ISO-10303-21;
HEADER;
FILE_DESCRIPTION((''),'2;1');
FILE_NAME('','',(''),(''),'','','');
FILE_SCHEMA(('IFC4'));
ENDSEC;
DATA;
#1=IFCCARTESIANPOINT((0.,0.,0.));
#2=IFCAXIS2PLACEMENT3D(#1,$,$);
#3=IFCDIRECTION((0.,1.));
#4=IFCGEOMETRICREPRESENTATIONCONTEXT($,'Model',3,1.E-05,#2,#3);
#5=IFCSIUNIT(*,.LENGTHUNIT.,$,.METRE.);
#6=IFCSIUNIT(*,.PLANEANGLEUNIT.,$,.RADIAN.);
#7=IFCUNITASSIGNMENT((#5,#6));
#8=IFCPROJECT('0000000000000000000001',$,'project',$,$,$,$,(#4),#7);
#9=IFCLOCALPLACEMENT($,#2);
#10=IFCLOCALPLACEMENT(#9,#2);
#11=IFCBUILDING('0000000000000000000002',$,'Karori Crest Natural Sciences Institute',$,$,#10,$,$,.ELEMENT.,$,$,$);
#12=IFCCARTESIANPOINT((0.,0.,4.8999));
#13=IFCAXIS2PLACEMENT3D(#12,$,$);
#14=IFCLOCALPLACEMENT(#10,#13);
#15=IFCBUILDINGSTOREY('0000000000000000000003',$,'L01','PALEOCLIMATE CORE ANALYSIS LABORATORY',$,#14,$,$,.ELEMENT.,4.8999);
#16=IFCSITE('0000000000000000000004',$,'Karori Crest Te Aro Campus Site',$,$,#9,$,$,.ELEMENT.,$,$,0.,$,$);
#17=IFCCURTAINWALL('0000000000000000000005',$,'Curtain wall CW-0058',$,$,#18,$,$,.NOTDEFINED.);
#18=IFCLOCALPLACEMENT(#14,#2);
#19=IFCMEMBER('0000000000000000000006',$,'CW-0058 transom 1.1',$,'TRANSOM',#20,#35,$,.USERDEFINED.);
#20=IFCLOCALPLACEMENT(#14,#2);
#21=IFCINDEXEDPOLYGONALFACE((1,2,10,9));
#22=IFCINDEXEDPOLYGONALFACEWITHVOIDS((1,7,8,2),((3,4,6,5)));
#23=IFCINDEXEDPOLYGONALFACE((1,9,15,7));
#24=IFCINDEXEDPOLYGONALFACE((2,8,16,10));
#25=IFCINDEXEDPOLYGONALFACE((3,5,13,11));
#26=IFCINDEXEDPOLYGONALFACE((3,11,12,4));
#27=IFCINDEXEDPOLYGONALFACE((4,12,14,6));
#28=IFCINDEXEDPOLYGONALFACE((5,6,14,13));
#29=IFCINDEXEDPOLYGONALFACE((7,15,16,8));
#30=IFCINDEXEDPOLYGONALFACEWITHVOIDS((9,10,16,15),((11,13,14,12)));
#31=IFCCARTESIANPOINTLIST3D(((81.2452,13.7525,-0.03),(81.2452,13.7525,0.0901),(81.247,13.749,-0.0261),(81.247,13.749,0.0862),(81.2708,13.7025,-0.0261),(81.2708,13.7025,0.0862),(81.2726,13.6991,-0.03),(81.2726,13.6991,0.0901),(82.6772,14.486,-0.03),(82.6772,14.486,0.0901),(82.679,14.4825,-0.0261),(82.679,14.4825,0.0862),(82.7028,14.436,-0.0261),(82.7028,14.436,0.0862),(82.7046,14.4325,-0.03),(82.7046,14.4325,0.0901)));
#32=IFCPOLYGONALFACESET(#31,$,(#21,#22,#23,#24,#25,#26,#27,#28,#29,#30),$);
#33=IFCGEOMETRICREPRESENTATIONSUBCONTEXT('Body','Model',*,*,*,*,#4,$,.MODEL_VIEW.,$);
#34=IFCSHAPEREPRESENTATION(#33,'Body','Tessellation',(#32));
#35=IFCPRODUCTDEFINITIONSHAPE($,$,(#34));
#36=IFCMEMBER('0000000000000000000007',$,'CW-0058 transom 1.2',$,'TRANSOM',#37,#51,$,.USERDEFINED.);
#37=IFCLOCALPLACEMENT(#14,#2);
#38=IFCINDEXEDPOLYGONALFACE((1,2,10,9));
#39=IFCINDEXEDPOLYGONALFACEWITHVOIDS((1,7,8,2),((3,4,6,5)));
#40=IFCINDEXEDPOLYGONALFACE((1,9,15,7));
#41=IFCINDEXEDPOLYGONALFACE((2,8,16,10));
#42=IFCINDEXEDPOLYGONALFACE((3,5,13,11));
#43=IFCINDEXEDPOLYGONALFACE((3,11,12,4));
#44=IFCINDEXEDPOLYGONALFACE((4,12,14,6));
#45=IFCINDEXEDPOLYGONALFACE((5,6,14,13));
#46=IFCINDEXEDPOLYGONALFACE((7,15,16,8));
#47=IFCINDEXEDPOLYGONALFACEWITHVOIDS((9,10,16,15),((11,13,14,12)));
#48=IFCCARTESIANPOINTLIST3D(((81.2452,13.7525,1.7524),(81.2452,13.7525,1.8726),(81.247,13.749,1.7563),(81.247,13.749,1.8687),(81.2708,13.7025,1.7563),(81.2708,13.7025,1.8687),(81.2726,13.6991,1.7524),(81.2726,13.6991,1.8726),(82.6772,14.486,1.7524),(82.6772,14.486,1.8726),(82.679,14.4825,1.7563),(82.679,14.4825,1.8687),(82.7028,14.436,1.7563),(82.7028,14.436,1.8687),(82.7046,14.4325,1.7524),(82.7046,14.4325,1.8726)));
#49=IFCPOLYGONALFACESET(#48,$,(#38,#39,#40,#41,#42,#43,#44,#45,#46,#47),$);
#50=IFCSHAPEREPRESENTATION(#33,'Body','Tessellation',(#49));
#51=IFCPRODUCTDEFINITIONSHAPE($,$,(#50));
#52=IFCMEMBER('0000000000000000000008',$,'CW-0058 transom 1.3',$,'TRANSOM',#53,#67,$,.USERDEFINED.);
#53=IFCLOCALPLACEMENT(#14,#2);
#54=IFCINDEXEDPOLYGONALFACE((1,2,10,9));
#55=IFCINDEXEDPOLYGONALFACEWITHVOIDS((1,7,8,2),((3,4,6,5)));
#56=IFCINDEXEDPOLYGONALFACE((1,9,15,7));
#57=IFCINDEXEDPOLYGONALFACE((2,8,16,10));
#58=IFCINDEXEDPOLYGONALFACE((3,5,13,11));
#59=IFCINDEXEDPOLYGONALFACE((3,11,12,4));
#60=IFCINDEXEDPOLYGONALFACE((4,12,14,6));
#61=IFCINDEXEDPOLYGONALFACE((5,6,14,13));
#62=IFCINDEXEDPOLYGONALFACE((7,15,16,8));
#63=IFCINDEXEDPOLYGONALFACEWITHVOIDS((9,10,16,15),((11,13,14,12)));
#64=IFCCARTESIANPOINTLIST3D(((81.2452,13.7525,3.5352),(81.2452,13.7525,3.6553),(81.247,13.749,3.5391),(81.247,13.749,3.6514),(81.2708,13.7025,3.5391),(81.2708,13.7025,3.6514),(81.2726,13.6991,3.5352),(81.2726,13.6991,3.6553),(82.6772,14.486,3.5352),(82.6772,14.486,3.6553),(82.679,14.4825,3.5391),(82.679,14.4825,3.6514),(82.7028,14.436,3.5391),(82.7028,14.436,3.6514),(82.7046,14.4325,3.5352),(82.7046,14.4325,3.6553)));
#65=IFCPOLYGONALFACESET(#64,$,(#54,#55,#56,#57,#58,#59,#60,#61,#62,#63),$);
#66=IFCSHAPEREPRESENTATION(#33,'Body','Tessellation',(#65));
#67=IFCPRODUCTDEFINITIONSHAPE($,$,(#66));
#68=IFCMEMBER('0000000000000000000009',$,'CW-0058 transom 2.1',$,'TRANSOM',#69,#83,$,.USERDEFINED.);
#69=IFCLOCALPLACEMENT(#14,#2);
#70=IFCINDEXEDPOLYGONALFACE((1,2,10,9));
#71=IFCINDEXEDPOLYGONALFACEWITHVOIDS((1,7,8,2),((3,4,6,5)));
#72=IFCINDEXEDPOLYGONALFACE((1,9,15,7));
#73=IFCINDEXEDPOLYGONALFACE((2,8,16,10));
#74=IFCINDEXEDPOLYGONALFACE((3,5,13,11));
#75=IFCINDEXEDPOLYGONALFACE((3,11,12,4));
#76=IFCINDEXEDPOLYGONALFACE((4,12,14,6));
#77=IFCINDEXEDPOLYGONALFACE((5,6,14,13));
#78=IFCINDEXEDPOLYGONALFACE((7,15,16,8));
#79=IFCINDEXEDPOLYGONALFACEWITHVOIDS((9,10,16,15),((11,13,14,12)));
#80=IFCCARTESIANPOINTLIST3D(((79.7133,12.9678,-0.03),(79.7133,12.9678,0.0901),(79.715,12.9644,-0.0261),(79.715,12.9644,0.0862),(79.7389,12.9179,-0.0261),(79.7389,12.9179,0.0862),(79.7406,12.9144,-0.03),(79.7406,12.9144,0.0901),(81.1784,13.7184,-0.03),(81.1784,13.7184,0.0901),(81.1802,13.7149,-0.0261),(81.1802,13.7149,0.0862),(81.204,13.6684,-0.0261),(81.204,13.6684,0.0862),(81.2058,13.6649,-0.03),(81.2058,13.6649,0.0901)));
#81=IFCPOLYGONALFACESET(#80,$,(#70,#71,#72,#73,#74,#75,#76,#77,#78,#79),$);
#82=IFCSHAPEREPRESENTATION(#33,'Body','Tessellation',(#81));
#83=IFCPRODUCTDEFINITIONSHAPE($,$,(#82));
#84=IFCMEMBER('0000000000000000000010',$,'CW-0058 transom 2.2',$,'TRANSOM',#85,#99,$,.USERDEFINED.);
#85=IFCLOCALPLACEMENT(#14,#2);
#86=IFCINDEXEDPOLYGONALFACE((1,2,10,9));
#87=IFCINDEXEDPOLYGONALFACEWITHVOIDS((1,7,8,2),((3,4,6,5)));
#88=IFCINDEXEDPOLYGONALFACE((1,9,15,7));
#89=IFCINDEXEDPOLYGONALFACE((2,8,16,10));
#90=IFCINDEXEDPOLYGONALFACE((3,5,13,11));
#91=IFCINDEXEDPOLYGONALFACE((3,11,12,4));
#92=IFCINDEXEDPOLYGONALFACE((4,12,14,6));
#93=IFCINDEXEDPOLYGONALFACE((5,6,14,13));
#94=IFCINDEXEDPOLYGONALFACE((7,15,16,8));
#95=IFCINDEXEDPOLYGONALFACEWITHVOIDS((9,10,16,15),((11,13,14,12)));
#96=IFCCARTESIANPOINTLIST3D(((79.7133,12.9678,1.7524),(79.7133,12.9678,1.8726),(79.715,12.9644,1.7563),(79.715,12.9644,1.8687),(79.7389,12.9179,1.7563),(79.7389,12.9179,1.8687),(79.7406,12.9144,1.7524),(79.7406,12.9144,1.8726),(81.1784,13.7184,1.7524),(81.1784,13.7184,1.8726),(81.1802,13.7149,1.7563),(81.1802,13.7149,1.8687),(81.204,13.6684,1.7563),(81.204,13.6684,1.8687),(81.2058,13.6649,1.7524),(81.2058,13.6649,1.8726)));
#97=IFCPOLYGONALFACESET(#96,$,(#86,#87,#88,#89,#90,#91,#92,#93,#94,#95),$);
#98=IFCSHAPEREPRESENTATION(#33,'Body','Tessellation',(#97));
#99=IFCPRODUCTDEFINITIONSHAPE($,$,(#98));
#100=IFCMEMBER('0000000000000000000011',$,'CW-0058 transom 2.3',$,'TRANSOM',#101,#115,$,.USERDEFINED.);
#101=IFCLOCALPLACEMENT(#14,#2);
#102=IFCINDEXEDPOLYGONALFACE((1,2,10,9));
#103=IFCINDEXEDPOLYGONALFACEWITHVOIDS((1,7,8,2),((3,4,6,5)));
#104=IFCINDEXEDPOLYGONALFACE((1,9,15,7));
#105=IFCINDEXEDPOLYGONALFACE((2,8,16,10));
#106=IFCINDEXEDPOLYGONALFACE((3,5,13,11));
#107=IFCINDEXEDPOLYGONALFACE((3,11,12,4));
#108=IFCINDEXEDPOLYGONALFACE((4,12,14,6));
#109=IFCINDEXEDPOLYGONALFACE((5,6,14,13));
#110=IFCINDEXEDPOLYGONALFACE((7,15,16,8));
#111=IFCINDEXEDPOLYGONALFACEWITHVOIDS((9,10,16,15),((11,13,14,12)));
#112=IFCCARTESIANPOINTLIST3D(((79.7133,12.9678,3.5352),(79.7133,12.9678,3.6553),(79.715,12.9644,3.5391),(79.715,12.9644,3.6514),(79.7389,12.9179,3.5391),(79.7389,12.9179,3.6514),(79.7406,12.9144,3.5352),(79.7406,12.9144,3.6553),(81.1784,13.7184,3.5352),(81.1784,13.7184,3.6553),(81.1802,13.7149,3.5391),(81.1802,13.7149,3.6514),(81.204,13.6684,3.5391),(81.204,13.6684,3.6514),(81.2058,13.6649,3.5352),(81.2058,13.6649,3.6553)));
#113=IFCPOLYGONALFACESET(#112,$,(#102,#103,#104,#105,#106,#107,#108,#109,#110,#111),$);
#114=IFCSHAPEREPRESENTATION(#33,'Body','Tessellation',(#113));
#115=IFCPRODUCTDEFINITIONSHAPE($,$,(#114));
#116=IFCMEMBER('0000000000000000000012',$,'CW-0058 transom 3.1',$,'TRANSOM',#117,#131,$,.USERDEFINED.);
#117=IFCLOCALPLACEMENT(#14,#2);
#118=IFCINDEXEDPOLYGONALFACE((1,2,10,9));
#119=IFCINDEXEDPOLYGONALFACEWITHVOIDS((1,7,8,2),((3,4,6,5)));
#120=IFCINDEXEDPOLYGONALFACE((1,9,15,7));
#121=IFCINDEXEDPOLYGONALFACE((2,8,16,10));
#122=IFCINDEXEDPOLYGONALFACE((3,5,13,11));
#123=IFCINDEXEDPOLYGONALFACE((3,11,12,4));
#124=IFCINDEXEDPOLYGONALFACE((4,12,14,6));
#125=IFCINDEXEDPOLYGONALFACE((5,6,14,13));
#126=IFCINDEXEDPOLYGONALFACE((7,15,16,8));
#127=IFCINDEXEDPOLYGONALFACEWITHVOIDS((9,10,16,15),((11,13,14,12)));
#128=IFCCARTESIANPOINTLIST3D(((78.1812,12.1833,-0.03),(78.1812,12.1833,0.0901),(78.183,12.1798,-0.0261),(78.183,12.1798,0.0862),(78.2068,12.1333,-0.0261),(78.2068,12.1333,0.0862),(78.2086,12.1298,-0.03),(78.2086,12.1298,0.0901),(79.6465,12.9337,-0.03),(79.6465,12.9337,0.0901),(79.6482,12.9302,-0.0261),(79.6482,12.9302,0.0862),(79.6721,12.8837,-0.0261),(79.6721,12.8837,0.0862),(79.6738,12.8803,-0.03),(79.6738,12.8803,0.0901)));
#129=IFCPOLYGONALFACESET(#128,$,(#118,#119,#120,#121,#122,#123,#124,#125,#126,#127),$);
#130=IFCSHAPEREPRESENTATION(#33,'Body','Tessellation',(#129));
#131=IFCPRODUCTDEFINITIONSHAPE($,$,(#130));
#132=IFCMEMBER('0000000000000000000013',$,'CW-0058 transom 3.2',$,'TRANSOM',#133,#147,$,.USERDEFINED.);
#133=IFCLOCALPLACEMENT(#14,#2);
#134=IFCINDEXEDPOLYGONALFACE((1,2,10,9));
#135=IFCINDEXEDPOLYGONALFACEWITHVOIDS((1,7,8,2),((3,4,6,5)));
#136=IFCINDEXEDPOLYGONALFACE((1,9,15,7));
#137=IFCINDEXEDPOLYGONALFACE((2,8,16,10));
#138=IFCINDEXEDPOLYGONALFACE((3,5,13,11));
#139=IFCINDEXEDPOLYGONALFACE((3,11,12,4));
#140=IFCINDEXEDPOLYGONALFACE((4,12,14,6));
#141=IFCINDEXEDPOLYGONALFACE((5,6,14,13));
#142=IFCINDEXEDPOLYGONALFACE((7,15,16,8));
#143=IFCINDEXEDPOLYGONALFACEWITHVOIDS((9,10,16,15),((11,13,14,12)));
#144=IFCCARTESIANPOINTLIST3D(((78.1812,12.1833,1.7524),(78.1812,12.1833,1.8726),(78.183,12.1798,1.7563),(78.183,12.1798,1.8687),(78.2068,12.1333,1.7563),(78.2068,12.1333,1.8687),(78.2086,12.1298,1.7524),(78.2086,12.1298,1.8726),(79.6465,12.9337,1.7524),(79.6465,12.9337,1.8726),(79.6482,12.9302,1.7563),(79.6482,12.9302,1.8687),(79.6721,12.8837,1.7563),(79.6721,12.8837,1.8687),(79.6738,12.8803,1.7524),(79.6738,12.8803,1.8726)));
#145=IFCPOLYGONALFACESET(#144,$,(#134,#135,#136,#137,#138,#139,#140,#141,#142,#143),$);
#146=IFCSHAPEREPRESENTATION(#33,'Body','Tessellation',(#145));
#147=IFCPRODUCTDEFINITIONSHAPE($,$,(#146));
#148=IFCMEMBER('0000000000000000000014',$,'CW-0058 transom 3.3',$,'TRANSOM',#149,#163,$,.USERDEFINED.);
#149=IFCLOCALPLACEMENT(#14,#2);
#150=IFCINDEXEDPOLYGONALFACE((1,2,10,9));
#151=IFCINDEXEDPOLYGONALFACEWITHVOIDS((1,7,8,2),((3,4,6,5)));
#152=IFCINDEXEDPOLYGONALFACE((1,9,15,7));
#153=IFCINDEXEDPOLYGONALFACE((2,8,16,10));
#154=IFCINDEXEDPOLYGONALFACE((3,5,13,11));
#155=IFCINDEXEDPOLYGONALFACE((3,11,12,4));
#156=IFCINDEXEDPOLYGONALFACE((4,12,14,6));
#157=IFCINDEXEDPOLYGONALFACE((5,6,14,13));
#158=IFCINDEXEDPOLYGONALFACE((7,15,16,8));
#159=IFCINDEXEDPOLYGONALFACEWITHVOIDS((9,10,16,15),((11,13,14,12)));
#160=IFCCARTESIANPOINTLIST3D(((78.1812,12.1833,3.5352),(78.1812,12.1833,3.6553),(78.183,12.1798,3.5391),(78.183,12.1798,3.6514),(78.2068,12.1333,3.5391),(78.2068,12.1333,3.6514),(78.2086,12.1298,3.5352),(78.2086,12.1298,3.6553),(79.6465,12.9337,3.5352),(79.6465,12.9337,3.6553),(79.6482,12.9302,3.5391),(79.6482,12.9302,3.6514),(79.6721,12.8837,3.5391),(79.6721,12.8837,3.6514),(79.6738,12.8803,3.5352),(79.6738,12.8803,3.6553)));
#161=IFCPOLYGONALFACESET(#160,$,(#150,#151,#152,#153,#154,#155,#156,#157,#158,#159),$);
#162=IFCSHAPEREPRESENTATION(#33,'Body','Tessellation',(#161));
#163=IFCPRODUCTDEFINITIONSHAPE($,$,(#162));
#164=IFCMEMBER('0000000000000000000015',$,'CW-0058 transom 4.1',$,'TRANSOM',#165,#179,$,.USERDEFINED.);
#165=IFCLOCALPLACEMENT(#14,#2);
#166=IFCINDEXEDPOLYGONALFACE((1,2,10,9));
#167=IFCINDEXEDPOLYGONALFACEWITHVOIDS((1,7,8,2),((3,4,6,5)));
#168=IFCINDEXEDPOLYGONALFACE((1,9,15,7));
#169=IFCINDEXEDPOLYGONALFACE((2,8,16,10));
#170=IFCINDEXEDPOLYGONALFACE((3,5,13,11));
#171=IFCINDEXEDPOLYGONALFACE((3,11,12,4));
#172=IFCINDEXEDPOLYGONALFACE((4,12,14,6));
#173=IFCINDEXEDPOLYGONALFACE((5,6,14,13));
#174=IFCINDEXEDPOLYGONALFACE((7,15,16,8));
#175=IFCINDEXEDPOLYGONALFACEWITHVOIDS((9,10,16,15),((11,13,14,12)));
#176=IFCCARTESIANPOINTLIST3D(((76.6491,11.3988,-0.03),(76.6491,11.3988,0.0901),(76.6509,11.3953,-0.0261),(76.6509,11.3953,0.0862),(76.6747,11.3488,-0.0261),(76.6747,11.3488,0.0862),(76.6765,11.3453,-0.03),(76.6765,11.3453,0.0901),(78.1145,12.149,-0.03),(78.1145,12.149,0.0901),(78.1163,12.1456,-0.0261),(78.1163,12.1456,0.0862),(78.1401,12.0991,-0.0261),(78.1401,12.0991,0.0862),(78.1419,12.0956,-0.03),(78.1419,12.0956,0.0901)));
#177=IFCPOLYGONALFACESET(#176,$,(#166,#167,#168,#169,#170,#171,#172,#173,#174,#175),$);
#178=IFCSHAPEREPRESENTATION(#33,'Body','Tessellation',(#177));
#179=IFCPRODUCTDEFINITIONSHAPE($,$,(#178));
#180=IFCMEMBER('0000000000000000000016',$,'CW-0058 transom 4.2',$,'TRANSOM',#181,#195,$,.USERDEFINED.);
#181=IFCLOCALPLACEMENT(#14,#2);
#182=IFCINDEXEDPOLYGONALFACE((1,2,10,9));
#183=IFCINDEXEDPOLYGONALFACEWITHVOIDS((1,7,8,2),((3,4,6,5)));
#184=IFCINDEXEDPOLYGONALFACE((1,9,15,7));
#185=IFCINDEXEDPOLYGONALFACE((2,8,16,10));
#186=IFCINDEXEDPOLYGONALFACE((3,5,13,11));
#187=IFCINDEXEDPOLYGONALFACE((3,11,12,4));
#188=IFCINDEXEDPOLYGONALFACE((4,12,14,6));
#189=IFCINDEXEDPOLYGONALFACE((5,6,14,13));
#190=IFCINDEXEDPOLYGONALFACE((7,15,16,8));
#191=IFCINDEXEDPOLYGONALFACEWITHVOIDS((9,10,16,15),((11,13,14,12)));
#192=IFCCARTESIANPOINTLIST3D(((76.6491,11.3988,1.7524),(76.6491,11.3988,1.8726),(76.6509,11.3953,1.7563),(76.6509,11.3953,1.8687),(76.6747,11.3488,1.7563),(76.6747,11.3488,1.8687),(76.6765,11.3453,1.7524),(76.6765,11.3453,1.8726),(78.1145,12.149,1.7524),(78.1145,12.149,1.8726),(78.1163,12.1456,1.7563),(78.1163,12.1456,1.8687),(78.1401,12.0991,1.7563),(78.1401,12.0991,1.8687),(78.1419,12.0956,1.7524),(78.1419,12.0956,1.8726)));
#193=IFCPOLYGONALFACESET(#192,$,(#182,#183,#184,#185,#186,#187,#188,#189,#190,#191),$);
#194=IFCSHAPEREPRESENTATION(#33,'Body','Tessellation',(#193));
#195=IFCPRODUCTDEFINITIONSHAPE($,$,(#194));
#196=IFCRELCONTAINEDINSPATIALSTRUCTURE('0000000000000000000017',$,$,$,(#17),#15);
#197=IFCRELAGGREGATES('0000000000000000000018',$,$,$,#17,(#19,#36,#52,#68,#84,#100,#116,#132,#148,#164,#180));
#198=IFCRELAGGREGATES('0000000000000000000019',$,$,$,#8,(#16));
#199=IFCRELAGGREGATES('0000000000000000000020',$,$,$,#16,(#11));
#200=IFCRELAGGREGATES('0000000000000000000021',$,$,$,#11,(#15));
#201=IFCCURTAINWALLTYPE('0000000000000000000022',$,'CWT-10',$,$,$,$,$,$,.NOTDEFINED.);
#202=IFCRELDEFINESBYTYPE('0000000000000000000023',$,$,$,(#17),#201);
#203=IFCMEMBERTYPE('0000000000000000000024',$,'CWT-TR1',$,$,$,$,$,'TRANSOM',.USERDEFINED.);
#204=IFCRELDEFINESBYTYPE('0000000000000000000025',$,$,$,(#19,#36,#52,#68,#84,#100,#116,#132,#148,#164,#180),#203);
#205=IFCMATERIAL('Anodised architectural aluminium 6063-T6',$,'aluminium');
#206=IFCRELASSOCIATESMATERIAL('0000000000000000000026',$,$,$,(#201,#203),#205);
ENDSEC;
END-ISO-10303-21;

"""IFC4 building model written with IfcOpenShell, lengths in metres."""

from ifc_helpers import new_model, si_unit, direction, frame, origin, origin_2d, place, context, subcontext, project, spatial, hollow_rectangle, extrude, material, material_profile, profile_set, type_object, element, aggregate, save


model = new_model("IFC4")

# Units and contexts
model_context = context("Model", 3, precision=1e-05, world=origin(), true_north=direction((0.0, 1.0)))
body_context = subcontext(model_context, "Body", "Model", "MODEL_VIEW")
ifc_project = project(units=[si_unit("LENGTHUNIT", "METRE"), si_unit("PLANEANGLEUNIT", "RADIAN")], contexts=[model_context])

# Site, building, storey
site_placement = place(None, origin())
site = spatial("IfcSite", under=ifc_project, at=site_placement, Name="Karori Crest Te Aro Campus Site", CompositionType="ELEMENT", RefElevation=0.0)
building_placement = place(site_placement, origin())
building = spatial("IfcBuilding", under=site, at=building_placement, Name="Karori Crest Natural Sciences Institute", CompositionType="ELEMENT")
storey_placement = place(building_placement, frame((0.0, 0.0, 4.8999)))
storey = spatial("IfcBuildingStorey", under=building, at=storey_placement, Name="L01", Description="PALEOCLIMATE CORE ANALYSIS LABORATORY", CompositionType="ELEMENT", Elevation=4.8999)

# Curtain wall, members
ifc_material_1 = material(Name="Anodised architectural aluminium 6063-T6", Category="aluminium")
curtain_wall_type = type_object("IfcCurtainWallType", Name="CWT-10", PredefinedType="NOTDEFINED", material=ifc_material_1)
curtain_wall_placement = place(storey_placement, origin())
curtain_wall = element("IfcCurtainWall", 1, at=curtain_wall_placement, inside=storey, type_object=curtain_wall_type, Name="Curtain wall CW-0058", PredefinedType="NOTDEFINED")
ifc_material_profile_1 = material_profile(ifc_material_1, hollow_rectangle(XDim=0.0601, YDim=0.1201, WallThickness=0.0039, at=origin_2d()), Name="CWT120x60x4")
ifc_profile_set_1 = profile_set([ifc_material_profile_1], Name="Anodised architectural aluminium 6063-T6")
member_type_1 = type_object("IfcMemberType", Name="CWT-TR1", ElementType="TRANSOM", PredefinedType="USERDEFINED", material=ifc_profile_set_1)
member_1_placement = place(storey_placement, frame((82.6909, 14.4592, 0.03), z_axis=(-0.890045, -0.455873, 0.0), x_axis=(0.455873, -0.890045, 0.0)))
member_1 = element("IfcMember", 2, at=member_1_placement, type_object=member_type_1, Name="CW-0058 transom 1.1", ObjectType="TRANSOM", PredefinedType="USERDEFINED", context=body_context, shape_type="SweptSolid", body=[
    extrude(hollow_rectangle(XDim=0.0601, YDim=0.1201, WallThickness=0.0039, at=origin_2d()), origin(), (0.0, 0.0, 1.0), 1.6089),
])
member_2_placement = place(storey_placement, frame((82.6909, 14.4592, 1.8125), z_axis=(-0.890045, -0.455873, 0.0), x_axis=(0.455873, -0.890045, 0.0)))
member_2 = element("IfcMember", 3, at=member_2_placement, type_object=member_type_1, Name="CW-0058 transom 1.2", ObjectType="TRANSOM", PredefinedType="USERDEFINED", context=body_context, shape_type="SweptSolid", body=[
    extrude(hollow_rectangle(XDim=0.0601, YDim=0.1201, WallThickness=0.0039, at=origin_2d()), origin(), (0.0, 0.0, 1.0), 1.6089),
])
member_3_placement = place(storey_placement, frame((82.6909, 14.4592, 3.5952), z_axis=(-0.890045, -0.455873, 0.0), x_axis=(0.455873, -0.890045, 0.0)))
member_3 = element("IfcMember", 4, at=member_3_placement, type_object=member_type_1, Name="CW-0058 transom 1.3", ObjectType="TRANSOM", PredefinedType="USERDEFINED", context=body_context, shape_type="SweptSolid", body=[
    extrude(hollow_rectangle(XDim=0.0601, YDim=0.1201, WallThickness=0.0039, at=origin_2d()), origin(), (0.0, 0.0, 1.0), 1.6089),
])
member_4_placement = place(storey_placement, frame((81.1921, 13.6917, 0.03), z_axis=(-0.890024, -0.455913, 0.0), x_axis=(0.455913, -0.890024, 0.0)))
member_4 = element("IfcMember", 5, at=member_4_placement, type_object=member_type_1, Name="CW-0058 transom 2.1", ObjectType="TRANSOM", PredefinedType="USERDEFINED", context=body_context, shape_type="SweptSolid", body=[
    extrude(hollow_rectangle(XDim=0.0601, YDim=0.1201, WallThickness=0.0039, at=origin_2d()), origin(), (0.0, 0.0, 1.0), 1.6462),
])
member_5_placement = place(storey_placement, frame((81.1921, 13.6917, 1.8125), z_axis=(-0.890024, -0.455913, 0.0), x_axis=(0.455913, -0.890024, 0.0)))
member_5 = element("IfcMember", 6, at=member_5_placement, type_object=member_type_1, Name="CW-0058 transom 2.2", ObjectType="TRANSOM", PredefinedType="USERDEFINED", context=body_context, shape_type="SweptSolid", body=[
    extrude(hollow_rectangle(XDim=0.0601, YDim=0.1201, WallThickness=0.0039, at=origin_2d()), origin(), (0.0, 0.0, 1.0), 1.6462),
])
member_6_placement = place(storey_placement, frame((81.1921, 13.6917, 3.5952), z_axis=(-0.890024, -0.455913, 0.0), x_axis=(0.455913, -0.890024, 0.0)))
member_6 = element("IfcMember", 7, at=member_6_placement, type_object=member_type_1, Name="CW-0058 transom 2.3", ObjectType="TRANSOM", PredefinedType="USERDEFINED", context=body_context, shape_type="SweptSolid", body=[
    extrude(hollow_rectangle(XDim=0.0601, YDim=0.1201, WallThickness=0.0039, at=origin_2d()), origin(), (0.0, 0.0, 1.0), 1.6462),
])
member_7_placement = place(storey_placement, frame((79.6602, 12.907, 0.03), z_axis=(-0.890055, -0.455853, 0.0), x_axis=(0.455853, -0.890055, 0.0)))
member_7 = element("IfcMember", 8, at=member_7_placement, type_object=member_type_1, Name="CW-0058 transom 3.1", ObjectType="TRANSOM", PredefinedType="USERDEFINED", context=body_context, shape_type="SweptSolid", body=[
    extrude(hollow_rectangle(XDim=0.0601, YDim=0.1201, WallThickness=0.0039, at=origin_2d()), origin(), (0.0, 0.0, 1.0), 1.6462),
])
member_8_placement = place(storey_placement, frame((79.6602, 12.907, 1.8125), z_axis=(-0.890055, -0.455853, 0.0), x_axis=(0.455853, -0.890055, 0.0)))
member_8 = element("IfcMember", 9, at=member_8_placement, type_object=member_type_1, Name="CW-0058 transom 3.2", ObjectType="TRANSOM", PredefinedType="USERDEFINED", context=body_context, shape_type="SweptSolid", body=[
    extrude(hollow_rectangle(XDim=0.0601, YDim=0.1201, WallThickness=0.0039, at=origin_2d()), origin(), (0.0, 0.0, 1.0), 1.6462),
])
member_9_placement = place(storey_placement, frame((79.6602, 12.907, 3.5952), z_axis=(-0.890055, -0.455853, 0.0), x_axis=(0.455853, -0.890055, 0.0)))
member_9 = element("IfcMember", 10, at=member_9_placement, type_object=member_type_1, Name="CW-0058 transom 3.3", ObjectType="TRANSOM", PredefinedType="USERDEFINED", context=body_context, shape_type="SweptSolid", body=[
    extrude(hollow_rectangle(XDim=0.0601, YDim=0.1201, WallThickness=0.0039, at=origin_2d()), origin(), (0.0, 0.0, 1.0), 1.6462),
])
member_10_placement = place(storey_placement, frame((78.1282, 12.1223, 0.03), z_axis=(-0.890115, -0.455735, 0.0), x_axis=(0.455735, -0.890115, 0.0)))
member_10 = element("IfcMember", 11, at=member_10_placement, type_object=member_type_1, Name="CW-0058 transom 4.1", ObjectType="TRANSOM", PredefinedType="USERDEFINED", context=body_context, shape_type="SweptSolid", body=[
    extrude(hollow_rectangle(XDim=0.0601, YDim=0.1201, WallThickness=0.0039, at=origin_2d()), origin(), (0.0, 0.0, 1.0), 1.6462),
])
member_11_placement = place(storey_placement, frame((78.1282, 12.1223, 1.8125), z_axis=(-0.890115, -0.455735, 0.0), x_axis=(0.455735, -0.890115, 0.0)))
member_11 = element("IfcMember", 12, at=member_11_placement, type_object=member_type_1, Name="CW-0058 transom 4.2", ObjectType="TRANSOM", PredefinedType="USERDEFINED", context=body_context, shape_type="SweptSolid", body=[
    extrude(hollow_rectangle(XDim=0.0601, YDim=0.1201, WallThickness=0.0039, at=origin_2d()), origin(), (0.0, 0.0, 1.0), 1.6462),
])
aggregate(curtain_wall, [member_1, member_2, member_3, member_4, member_5, member_6, member_7, member_8, member_9, member_10, member_11])

save(model, "model.ifc")
